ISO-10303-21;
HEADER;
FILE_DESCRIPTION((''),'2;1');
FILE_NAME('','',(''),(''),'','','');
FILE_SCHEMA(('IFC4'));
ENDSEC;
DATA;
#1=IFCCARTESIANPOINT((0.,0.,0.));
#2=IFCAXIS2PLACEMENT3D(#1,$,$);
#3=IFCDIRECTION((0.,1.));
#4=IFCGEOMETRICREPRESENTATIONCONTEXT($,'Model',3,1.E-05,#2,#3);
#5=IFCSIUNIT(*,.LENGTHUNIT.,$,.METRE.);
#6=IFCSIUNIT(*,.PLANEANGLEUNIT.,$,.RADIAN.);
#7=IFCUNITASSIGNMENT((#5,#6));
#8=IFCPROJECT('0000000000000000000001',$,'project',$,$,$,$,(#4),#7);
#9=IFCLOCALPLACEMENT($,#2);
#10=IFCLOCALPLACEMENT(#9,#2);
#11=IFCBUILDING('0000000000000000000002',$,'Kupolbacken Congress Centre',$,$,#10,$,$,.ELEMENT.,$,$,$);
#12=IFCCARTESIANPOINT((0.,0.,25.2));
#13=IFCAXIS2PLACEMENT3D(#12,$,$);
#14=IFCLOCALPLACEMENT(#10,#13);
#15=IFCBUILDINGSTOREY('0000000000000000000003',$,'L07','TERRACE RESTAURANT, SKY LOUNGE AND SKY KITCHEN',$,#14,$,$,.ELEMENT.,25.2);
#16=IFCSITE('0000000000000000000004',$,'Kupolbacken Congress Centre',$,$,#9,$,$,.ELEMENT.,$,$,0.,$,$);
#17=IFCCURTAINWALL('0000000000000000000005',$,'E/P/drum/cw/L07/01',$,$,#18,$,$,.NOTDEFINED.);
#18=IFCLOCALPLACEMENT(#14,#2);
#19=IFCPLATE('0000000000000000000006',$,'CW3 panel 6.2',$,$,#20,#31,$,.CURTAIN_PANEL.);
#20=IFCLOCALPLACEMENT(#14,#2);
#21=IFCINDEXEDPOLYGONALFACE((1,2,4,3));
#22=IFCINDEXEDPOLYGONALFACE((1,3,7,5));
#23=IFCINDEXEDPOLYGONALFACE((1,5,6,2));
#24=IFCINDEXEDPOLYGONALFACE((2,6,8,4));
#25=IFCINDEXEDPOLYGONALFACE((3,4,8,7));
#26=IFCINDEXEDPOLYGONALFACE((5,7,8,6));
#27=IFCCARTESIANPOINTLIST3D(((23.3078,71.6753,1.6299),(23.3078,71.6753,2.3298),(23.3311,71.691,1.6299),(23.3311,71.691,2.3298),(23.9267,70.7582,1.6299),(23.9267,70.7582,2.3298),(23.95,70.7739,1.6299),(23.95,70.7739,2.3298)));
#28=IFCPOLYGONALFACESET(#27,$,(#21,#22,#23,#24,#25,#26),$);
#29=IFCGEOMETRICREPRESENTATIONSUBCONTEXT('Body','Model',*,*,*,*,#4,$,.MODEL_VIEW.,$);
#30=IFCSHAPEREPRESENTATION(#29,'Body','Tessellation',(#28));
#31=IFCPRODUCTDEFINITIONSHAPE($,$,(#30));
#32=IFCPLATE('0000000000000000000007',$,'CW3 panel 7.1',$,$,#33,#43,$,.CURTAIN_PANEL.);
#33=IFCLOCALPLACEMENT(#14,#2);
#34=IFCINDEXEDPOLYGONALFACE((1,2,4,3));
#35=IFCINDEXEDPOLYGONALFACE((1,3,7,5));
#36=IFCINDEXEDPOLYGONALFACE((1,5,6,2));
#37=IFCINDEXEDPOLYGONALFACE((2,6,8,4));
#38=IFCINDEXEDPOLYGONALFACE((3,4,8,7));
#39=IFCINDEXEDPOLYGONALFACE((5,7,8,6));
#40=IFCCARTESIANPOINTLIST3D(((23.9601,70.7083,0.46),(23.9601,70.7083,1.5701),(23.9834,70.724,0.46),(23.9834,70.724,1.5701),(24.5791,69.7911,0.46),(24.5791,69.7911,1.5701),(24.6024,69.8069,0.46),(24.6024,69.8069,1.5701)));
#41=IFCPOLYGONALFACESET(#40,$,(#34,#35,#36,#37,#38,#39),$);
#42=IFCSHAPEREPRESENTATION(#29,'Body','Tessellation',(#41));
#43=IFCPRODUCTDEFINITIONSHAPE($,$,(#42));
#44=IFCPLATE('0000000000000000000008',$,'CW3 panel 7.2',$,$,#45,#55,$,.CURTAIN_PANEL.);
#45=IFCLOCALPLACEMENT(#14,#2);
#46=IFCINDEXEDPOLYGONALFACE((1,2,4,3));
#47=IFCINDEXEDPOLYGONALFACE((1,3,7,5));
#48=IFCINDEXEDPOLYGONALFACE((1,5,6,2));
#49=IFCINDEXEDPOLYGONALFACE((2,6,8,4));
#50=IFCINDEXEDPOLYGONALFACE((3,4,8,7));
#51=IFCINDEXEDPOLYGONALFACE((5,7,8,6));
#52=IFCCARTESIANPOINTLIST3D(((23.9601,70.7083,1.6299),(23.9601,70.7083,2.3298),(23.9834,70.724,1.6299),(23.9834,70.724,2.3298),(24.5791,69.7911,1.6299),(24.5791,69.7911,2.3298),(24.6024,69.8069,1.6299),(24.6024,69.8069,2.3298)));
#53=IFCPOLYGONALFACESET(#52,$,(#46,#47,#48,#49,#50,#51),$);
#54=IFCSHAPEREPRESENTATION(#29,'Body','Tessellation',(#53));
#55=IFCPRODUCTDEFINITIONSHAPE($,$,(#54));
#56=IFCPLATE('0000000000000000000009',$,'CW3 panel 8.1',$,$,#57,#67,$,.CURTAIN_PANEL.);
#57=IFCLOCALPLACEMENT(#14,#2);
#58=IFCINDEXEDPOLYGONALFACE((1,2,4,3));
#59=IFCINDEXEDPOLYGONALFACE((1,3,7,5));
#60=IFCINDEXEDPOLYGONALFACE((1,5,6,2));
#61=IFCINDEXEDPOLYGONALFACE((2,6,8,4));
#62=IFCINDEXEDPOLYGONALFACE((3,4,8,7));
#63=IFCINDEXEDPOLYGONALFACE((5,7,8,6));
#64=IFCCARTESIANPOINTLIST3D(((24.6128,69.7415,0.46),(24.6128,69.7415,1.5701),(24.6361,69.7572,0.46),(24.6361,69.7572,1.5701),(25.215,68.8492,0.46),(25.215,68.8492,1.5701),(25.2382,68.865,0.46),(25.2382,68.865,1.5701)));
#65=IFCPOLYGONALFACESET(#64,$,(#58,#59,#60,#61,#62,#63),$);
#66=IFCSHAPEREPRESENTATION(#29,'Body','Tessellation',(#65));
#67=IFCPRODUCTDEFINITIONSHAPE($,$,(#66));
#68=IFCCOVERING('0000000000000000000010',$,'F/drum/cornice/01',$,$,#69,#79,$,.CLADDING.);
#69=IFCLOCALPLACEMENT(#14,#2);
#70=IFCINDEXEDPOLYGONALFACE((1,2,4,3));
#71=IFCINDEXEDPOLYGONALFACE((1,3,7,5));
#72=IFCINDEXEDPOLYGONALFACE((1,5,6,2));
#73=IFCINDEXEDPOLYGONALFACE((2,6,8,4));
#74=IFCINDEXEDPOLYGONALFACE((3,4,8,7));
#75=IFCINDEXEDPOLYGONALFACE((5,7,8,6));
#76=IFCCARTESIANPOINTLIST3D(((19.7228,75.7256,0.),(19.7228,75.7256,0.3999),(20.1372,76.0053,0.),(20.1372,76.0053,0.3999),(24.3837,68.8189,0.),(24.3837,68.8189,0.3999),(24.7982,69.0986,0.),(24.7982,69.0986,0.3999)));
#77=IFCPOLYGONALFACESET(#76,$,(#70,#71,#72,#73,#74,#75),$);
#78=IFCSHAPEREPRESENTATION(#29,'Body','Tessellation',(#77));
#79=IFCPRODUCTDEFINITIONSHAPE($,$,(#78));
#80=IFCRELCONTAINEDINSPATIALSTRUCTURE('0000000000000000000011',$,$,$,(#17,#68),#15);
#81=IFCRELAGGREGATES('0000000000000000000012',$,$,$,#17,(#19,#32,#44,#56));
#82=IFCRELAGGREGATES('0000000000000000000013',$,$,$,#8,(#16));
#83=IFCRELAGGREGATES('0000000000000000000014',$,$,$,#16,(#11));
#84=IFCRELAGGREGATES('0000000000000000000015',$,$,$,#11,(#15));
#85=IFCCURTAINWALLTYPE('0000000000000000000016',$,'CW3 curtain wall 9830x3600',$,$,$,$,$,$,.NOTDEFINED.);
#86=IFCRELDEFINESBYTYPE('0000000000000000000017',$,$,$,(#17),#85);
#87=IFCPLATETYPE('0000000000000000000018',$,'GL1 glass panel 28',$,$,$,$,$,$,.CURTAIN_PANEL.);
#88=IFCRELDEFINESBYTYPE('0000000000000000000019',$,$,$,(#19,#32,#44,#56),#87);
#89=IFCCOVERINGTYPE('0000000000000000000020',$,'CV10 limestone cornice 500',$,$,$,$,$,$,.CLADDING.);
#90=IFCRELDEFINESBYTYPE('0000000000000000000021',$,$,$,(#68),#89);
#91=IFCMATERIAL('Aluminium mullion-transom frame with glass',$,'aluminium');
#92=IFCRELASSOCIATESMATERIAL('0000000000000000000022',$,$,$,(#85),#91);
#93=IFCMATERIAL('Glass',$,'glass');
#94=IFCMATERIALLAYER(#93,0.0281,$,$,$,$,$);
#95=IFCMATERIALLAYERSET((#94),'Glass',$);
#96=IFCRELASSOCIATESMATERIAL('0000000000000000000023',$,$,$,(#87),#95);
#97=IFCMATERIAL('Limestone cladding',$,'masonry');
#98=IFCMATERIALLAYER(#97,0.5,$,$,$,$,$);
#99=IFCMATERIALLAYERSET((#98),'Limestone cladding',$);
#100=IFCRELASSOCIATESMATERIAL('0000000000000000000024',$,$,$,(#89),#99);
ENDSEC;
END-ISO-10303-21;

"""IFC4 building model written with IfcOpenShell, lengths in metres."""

from ifc_helpers import new_model, si_unit, direction, frame, origin, origin_2d, place, context, subcontext, project, spatial, rectangle, extrude, material, layer, layer_set, type_object, element, aggregate, save


model = new_model("IFC4")

# Units and contexts
model_context = context("Model", 3, precision=1e-05, world=origin(), true_north=direction((0.0, 1.0)))
body_context = subcontext(model_context, "Body", "Model", "MODEL_VIEW")
ifc_project = project(units=[si_unit("LENGTHUNIT", "METRE"), si_unit("PLANEANGLEUNIT", "RADIAN")], contexts=[model_context])

# Site, building, storey
site_placement = place(None, origin())
site = spatial("IfcSite", under=ifc_project, at=site_placement, Name="Kupolbacken Congress Centre", CompositionType="ELEMENT", RefElevation=0.0)
building_placement = place(site_placement, origin())
building = spatial("IfcBuilding", under=site, at=building_placement, Name="Kupolbacken Congress Centre", CompositionType="ELEMENT")
storey_placement = place(building_placement, frame((0.0, 0.0, 25.2)))
storey = spatial("IfcBuildingStorey", under=building, at=storey_placement, Name="L07", Description="TERRACE RESTAURANT, SKY LOUNGE AND SKY KITCHEN", CompositionType="ELEMENT", Elevation=25.2)

# Curtain wall, plates
ifc_material_1 = material(Name="Aluminium mullion-transom frame with glass", Category="aluminium")
curtain_wall_type = type_object("IfcCurtainWallType", Name="CW3 curtain wall 9830x3600", PredefinedType="NOTDEFINED", material=ifc_material_1)
curtain_wall_placement = place(storey_placement, origin())
curtain_wall = element("IfcCurtainWall", 1, at=curtain_wall_placement, inside=storey, type_object=curtain_wall_type, Name="E/P/drum/cw/L07/01", PredefinedType="NOTDEFINED")
ifc_material_2 = material(Name="Glass", Category="glass")
ifc_layer_1 = layer(ifc_material_2, 0.0281)
ifc_layer_set_1 = layer_set([ifc_layer_1], Name="Glass")
plate_type = type_object("IfcPlateType", Name="GL1 glass panel 28", PredefinedType="CURTAIN_PANEL", material=ifc_layer_set_1)
plate_1_placement = place(storey_placement, frame((23.6289, 71.2246, 1.6299), z_axis=(0.0, 0.0, 1.0), x_axis=(0.559386, -0.828908, 0.0)))
plate_1 = element("IfcPlate", 2, at=plate_1_placement, type_object=plate_type, Name="CW3 panel 6.2", PredefinedType="CURTAIN_PANEL", context=body_context, shape_type="SweptSolid", body=[
    extrude(rectangle(XDim=1.1064, YDim=0.0281, at=origin_2d()), origin(), (0.0, 0.0, 1.0), 0.7),
])
plate_2_placement = place(storey_placement, frame((24.2812, 70.2576, 0.46), z_axis=(0.0, 0.0, 1.0), x_axis=(0.559386, -0.828908, 0.0)))
plate_2 = element("IfcPlate", 3, at=plate_2_placement, type_object=plate_type, Name="CW3 panel 7.1", PredefinedType="CURTAIN_PANEL", context=body_context, shape_type="SweptSolid", body=[
    extrude(rectangle(XDim=1.1064, YDim=0.0281, at=origin_2d()), origin(), (0.0, 0.0, 1.0), 1.1101),
])
plate_3_placement = place(storey_placement, frame((24.2812, 70.2576, 1.6299), z_axis=(0.0, 0.0, 1.0), x_axis=(0.559386, -0.828908, 0.0)))
plate_3 = element("IfcPlate", 4, at=plate_3_placement, type_object=plate_type, Name="CW3 panel 7.2", PredefinedType="CURTAIN_PANEL", context=body_context, shape_type="SweptSolid", body=[
    extrude(rectangle(XDim=1.1064, YDim=0.0281, at=origin_2d()), origin(), (0.0, 0.0, 1.0), 0.7),
])
plate_4_placement = place(storey_placement, frame((24.9255, 69.3032, 0.46), z_axis=(0.0, 0.0, 1.0), x_axis=(0.559386, -0.828908, 0.0)))
plate_4 = element("IfcPlate", 5, at=plate_4_placement, type_object=plate_type, Name="CW3 panel 8.1", PredefinedType="CURTAIN_PANEL", context=body_context, shape_type="SweptSolid", body=[
    extrude(rectangle(XDim=1.0764, YDim=0.0281, at=origin_2d()), origin(), (0.0, 0.0, 1.0), 1.1101),
])
aggregate(curtain_wall, [plate_1, plate_2, plate_3, plate_4])

# Covering
ifc_material_3 = material(Name="Limestone cladding", Category="masonry")
ifc_layer_2 = layer(ifc_material_3, 0.5)
ifc_layer_set_2 = layer_set([ifc_layer_2], Name="Limestone cladding")
covering_type = type_object("IfcCoveringType", Name="CV10 limestone cornice 500", PredefinedType="CLADDING", material=ifc_layer_set_2)
covering_placement = place(storey_placement, frame((22.2605, 72.4121, 0.0), z_axis=(0.0, 0.0, 1.0), x_axis=(0.559386, -0.828908, 0.0)))
element("IfcCovering", 6, at=covering_placement, inside=storey, type_object=covering_type, Name="F/drum/cornice/01", PredefinedType="CLADDING", context=body_context, shape_type="SweptSolid", body=[
    extrude(rectangle(XDim=8.3323, YDim=0.5, at=origin_2d()), origin(), (0.0, 0.0, 1.0), 0.3999),
])

save(model, "model.ifc")
